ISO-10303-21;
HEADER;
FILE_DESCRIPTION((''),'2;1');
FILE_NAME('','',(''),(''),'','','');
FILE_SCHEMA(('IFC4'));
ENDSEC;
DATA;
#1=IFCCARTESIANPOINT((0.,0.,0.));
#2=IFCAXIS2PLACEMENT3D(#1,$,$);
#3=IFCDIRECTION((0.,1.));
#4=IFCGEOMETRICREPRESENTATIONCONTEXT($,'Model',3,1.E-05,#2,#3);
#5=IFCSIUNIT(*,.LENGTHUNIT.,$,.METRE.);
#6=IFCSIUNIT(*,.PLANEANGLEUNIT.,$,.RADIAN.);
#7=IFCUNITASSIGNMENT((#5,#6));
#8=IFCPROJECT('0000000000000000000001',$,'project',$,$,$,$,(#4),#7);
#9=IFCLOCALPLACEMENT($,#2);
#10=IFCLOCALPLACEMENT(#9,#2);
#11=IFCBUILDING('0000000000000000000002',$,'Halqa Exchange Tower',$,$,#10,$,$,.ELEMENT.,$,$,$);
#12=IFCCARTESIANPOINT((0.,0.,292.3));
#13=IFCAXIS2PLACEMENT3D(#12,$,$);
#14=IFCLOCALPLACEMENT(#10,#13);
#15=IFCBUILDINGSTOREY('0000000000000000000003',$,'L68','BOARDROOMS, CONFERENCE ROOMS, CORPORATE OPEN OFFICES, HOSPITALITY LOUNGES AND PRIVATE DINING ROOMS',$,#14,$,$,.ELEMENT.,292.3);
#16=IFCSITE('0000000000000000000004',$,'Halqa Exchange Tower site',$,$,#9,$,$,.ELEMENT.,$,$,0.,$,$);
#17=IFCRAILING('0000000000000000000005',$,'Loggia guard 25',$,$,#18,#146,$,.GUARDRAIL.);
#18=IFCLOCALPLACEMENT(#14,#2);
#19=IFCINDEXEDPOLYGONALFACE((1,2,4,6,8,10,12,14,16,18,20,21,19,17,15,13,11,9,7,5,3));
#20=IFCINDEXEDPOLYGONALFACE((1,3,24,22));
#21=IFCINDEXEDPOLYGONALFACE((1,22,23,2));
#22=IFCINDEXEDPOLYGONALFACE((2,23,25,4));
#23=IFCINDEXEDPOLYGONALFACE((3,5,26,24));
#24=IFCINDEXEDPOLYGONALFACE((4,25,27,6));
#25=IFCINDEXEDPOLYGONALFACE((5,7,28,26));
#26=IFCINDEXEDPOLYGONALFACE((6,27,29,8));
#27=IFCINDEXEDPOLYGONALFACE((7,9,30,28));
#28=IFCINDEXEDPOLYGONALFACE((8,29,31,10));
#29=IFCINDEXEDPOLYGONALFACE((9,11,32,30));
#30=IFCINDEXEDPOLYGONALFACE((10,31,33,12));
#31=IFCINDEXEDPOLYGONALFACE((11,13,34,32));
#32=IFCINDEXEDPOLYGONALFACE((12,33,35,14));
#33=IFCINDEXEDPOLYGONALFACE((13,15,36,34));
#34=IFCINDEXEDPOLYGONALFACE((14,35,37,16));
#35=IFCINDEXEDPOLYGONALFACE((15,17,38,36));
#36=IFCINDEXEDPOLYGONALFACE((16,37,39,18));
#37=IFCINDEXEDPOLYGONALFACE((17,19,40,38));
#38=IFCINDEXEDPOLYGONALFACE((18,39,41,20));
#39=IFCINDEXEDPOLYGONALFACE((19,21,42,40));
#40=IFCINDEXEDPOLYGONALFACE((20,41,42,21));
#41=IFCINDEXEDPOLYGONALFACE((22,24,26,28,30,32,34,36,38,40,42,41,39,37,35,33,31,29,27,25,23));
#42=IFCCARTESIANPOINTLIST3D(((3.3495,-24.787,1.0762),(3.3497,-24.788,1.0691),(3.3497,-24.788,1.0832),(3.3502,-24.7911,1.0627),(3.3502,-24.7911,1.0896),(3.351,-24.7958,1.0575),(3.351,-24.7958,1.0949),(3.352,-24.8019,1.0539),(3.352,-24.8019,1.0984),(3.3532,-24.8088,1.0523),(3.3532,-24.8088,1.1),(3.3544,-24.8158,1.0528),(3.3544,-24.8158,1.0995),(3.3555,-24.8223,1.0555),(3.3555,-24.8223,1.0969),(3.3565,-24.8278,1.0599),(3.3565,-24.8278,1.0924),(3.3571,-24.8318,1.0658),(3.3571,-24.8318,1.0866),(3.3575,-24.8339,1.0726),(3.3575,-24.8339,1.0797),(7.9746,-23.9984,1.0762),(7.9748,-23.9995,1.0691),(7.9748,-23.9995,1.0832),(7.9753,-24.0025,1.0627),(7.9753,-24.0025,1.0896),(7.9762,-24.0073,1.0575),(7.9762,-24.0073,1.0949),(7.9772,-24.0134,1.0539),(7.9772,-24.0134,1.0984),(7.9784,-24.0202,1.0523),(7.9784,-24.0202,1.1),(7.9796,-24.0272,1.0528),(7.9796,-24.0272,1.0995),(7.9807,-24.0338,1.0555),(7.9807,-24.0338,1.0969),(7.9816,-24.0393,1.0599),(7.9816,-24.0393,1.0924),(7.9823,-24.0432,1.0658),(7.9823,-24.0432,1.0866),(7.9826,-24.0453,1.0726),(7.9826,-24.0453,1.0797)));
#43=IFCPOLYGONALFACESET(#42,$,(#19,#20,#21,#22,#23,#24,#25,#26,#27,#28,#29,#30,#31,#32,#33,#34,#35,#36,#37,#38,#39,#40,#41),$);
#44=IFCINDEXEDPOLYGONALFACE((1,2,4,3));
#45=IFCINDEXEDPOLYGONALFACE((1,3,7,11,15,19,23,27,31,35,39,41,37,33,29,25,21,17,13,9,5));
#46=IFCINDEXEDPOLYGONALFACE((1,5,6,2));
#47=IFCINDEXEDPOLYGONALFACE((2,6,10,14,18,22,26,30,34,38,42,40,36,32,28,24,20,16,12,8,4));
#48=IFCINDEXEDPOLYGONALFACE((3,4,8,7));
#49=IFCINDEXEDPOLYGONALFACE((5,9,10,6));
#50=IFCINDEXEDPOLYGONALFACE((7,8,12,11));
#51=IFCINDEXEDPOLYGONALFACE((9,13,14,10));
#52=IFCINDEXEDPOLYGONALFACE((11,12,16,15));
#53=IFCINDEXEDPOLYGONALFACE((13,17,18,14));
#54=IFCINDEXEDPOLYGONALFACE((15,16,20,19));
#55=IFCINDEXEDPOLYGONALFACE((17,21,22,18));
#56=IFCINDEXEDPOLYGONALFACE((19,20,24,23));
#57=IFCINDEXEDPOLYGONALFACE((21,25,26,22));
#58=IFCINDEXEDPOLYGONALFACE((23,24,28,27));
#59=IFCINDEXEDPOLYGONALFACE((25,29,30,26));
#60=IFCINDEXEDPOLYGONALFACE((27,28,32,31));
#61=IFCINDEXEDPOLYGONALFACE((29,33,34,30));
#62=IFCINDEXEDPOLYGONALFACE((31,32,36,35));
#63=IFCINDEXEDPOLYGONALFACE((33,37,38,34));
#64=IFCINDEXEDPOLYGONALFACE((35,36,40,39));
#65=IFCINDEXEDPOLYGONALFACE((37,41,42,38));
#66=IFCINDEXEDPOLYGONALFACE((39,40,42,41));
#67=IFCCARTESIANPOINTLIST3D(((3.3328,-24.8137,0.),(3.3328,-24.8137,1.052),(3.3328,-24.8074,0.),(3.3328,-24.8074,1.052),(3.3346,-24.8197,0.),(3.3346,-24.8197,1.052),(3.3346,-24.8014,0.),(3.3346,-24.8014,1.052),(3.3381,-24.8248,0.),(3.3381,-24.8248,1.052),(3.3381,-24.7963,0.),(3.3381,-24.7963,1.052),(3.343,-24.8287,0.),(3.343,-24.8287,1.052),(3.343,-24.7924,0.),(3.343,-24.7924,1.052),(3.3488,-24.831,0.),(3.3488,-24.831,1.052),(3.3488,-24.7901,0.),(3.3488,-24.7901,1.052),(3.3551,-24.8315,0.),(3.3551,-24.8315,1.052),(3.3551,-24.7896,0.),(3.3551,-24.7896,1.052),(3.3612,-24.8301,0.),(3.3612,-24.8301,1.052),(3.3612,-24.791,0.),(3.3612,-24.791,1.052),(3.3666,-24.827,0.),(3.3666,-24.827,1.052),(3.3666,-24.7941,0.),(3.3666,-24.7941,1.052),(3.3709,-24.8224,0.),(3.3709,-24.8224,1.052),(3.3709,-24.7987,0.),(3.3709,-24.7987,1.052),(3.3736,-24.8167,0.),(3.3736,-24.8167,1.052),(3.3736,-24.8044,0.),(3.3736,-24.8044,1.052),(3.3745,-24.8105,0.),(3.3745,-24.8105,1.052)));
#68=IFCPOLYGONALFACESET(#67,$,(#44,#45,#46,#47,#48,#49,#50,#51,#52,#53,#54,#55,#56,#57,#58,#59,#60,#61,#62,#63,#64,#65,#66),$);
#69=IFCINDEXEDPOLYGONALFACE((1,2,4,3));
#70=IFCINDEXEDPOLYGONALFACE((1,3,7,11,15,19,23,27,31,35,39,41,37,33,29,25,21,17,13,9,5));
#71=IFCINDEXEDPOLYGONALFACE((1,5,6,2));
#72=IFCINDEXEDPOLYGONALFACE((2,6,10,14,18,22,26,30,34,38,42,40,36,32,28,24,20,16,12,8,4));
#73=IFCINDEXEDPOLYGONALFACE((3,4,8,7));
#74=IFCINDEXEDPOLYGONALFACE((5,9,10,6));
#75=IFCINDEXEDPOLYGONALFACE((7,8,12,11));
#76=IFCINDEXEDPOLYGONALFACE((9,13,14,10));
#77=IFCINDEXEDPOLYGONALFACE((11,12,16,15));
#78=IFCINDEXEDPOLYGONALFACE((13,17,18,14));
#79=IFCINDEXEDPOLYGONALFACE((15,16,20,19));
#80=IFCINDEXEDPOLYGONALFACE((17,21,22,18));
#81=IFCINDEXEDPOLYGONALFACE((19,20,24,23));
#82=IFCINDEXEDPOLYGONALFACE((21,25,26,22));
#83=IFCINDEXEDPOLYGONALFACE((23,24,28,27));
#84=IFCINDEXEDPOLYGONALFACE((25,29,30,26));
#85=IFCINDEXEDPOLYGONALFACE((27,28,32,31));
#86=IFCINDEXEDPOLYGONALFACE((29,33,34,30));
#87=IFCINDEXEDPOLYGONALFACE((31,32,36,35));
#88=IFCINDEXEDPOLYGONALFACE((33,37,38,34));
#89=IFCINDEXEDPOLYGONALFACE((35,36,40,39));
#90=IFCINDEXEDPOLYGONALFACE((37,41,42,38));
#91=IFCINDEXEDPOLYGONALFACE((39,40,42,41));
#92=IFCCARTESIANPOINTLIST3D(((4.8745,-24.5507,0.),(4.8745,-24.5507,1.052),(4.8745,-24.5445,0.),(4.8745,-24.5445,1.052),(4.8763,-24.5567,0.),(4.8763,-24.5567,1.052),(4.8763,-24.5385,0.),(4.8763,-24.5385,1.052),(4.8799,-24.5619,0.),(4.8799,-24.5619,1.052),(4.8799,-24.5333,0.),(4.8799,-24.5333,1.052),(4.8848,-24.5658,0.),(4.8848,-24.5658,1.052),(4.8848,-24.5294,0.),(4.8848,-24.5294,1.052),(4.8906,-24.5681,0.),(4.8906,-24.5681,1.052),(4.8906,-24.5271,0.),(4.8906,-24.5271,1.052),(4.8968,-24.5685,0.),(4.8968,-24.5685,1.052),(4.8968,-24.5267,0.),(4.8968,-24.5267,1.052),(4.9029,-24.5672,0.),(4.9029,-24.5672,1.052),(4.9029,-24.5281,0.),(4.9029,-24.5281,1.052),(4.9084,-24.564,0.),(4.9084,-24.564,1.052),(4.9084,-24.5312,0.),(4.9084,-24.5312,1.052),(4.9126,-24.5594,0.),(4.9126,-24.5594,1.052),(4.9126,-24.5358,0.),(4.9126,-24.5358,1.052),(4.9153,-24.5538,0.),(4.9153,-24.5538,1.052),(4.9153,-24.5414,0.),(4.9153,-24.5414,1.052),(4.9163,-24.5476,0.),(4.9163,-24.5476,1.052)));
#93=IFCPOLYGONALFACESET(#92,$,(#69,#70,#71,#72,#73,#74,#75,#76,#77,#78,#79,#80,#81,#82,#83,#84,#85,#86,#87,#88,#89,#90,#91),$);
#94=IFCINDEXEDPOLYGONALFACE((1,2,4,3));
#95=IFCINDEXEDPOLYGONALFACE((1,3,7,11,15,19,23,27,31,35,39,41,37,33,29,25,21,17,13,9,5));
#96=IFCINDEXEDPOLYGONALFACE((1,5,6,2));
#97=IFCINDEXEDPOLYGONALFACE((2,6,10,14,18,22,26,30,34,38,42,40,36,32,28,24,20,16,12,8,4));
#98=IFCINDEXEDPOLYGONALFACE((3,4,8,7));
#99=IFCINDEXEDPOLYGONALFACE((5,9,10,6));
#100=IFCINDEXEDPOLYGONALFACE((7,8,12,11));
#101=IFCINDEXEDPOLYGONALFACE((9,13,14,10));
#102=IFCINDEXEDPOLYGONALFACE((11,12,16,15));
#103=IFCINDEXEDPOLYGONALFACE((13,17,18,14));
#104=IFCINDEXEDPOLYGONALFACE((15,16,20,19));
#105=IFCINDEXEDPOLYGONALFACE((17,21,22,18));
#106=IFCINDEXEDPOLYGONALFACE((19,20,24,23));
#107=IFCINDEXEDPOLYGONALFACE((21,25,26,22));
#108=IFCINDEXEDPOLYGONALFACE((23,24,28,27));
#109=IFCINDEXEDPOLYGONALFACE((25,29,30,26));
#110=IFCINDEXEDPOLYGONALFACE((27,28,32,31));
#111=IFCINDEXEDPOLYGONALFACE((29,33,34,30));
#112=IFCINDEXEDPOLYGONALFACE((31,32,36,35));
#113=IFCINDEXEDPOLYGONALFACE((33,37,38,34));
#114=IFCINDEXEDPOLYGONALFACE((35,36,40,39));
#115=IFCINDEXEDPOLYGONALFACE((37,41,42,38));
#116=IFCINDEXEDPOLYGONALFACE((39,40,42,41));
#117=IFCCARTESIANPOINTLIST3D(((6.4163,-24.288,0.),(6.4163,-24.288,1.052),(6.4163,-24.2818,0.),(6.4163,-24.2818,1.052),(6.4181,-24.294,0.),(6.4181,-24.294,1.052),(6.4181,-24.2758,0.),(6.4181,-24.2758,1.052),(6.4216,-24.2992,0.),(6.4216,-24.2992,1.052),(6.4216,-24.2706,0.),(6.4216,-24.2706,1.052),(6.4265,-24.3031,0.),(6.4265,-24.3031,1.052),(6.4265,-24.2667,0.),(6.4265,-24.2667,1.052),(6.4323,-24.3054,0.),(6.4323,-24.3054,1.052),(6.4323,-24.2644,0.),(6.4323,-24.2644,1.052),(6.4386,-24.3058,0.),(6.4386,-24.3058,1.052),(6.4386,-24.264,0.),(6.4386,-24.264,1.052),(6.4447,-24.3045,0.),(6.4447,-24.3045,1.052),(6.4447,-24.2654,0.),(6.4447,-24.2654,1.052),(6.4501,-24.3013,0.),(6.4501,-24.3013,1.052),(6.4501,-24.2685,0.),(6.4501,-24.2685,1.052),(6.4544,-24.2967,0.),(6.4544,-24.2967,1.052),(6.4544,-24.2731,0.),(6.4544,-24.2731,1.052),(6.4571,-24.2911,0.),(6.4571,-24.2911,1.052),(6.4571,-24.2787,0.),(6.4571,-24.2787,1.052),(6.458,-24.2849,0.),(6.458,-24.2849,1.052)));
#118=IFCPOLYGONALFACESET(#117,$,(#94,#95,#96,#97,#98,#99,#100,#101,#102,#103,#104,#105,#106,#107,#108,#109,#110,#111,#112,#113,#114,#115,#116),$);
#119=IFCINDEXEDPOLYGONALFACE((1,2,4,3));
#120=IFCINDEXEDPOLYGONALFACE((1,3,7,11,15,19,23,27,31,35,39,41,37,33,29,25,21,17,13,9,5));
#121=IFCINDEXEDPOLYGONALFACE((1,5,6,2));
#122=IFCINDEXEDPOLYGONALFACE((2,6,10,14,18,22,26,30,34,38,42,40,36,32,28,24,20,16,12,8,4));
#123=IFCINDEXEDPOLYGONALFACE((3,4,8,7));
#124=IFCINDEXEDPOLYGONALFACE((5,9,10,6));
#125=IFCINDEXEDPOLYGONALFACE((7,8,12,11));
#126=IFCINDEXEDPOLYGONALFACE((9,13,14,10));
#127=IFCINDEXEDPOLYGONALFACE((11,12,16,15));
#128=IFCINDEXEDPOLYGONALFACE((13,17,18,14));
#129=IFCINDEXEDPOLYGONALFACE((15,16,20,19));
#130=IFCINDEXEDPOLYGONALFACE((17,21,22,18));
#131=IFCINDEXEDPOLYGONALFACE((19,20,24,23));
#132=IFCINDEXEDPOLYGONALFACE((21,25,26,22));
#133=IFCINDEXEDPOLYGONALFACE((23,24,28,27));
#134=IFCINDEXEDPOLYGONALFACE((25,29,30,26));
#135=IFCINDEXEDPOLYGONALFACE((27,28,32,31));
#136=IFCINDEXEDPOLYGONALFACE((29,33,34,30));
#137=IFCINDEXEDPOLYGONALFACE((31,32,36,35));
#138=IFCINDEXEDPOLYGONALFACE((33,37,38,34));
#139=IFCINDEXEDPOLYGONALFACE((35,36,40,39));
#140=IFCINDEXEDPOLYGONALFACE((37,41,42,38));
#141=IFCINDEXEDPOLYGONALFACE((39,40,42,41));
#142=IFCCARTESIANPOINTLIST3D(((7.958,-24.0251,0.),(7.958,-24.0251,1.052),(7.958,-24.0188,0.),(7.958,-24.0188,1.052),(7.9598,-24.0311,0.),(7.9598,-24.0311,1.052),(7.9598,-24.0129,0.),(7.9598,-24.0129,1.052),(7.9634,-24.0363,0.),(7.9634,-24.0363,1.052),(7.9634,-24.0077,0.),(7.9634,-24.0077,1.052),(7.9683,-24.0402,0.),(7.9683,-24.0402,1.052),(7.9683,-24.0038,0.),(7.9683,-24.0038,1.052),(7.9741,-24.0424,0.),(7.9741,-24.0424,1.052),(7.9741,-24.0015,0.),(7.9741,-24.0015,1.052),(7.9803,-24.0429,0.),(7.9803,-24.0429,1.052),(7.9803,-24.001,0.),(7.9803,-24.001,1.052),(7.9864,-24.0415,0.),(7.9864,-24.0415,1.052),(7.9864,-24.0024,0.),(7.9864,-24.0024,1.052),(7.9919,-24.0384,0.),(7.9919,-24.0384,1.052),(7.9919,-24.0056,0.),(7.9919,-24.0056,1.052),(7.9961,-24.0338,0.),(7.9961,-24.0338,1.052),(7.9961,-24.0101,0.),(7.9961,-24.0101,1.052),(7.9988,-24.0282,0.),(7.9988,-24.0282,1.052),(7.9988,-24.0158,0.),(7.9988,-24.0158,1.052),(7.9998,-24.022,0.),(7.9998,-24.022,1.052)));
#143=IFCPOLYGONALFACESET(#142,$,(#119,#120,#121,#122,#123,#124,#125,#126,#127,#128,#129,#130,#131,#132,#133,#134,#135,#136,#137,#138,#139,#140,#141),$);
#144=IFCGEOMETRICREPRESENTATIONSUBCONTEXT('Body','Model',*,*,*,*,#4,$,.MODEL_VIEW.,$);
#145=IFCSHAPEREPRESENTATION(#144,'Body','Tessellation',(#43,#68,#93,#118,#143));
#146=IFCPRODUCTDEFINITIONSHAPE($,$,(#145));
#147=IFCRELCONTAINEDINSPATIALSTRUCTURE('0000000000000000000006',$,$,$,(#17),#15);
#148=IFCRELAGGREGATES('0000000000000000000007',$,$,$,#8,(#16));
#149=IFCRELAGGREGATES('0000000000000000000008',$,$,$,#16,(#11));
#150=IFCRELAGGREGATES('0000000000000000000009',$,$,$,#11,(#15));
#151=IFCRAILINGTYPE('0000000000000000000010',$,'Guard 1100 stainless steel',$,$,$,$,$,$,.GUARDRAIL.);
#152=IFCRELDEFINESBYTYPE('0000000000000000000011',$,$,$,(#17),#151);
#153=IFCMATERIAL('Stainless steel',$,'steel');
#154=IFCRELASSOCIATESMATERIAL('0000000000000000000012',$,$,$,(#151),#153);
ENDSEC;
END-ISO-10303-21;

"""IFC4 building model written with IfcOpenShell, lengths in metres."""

from ifc_helpers import new_model, si_unit, direction, frame, origin, origin_2d, place, context, subcontext, project, spatial, circle, extrude, material, type_object, element, save


model = new_model("IFC4")

# Units and contexts
model_context = context("Model", 3, precision=1e-05, world=origin(), true_north=direction((0.0, 1.0)))
body_context = subcontext(model_context, "Body", "Model", "MODEL_VIEW")
ifc_project = project(units=[si_unit("LENGTHUNIT", "METRE"), si_unit("PLANEANGLEUNIT", "RADIAN")], contexts=[model_context])

# Site, building, storey
site_placement = place(None, origin())
site = spatial("IfcSite", under=ifc_project, at=site_placement, Name="Halqa Exchange Tower site", CompositionType="ELEMENT", RefElevation=0.0)
building_placement = place(site_placement, origin())
building = spatial("IfcBuilding", under=site, at=building_placement, Name="Halqa Exchange Tower", CompositionType="ELEMENT")
storey_placement = place(building_placement, frame((0.0, 0.0, 292.3)))
storey = spatial("IfcBuildingStorey", under=building, at=storey_placement, Name="L68", Description="BOARDROOMS, CONFERENCE ROOMS, CORPORATE OPEN OFFICES, HOSPITALITY LOUNGES AND PRIVATE DINING ROOMS", CompositionType="ELEMENT", Elevation=292.3)

# Railing
ifc_material_1 = material(Name="Stainless steel", Category="steel")
railing_type_1 = type_object("IfcRailingType", Name="Guard 1100 stainless steel", PredefinedType="GUARDRAIL", material=ifc_material_1)
railing_1_placement = place(storey_placement, frame((3.3535, -24.8105, 0.0)))
element("IfcRailing", 1, at=railing_1_placement, inside=storey, type_object=railing_type_1, Name="Loggia guard 25", PredefinedType="GUARDRAIL", context=body_context, shape_type="SweptSolid", body=[
    extrude(circle(Radius=0.0239, at=origin_2d()), frame((0.0, 0.0, 1.0762), z_axis=(0.985775, 0.168068, 0.0), x_axis=(-0.168068, 0.985775, 0.0)), (0.0, 0.0, 1.0), 4.6919),
    extrude(circle(Radius=0.021, at=origin_2d()), origin(), (0.0, 0.0, 1.0), 1.052),
    extrude(circle(Radius=0.021, at=origin_2d()), frame((1.5417, 0.2629, 0.0)), (0.0, 0.0, 1.0), 1.052),
    extrude(circle(Radius=0.021, at=origin_2d()), frame((3.0835, 0.5256, 0.0)), (0.0, 0.0, 1.0), 1.052),
    extrude(circle(Radius=0.021, at=origin_2d()), frame((4.6252, 0.7886, 0.0)), (0.0, 0.0, 1.0), 1.052),
])

save(model, "model.ifc")
